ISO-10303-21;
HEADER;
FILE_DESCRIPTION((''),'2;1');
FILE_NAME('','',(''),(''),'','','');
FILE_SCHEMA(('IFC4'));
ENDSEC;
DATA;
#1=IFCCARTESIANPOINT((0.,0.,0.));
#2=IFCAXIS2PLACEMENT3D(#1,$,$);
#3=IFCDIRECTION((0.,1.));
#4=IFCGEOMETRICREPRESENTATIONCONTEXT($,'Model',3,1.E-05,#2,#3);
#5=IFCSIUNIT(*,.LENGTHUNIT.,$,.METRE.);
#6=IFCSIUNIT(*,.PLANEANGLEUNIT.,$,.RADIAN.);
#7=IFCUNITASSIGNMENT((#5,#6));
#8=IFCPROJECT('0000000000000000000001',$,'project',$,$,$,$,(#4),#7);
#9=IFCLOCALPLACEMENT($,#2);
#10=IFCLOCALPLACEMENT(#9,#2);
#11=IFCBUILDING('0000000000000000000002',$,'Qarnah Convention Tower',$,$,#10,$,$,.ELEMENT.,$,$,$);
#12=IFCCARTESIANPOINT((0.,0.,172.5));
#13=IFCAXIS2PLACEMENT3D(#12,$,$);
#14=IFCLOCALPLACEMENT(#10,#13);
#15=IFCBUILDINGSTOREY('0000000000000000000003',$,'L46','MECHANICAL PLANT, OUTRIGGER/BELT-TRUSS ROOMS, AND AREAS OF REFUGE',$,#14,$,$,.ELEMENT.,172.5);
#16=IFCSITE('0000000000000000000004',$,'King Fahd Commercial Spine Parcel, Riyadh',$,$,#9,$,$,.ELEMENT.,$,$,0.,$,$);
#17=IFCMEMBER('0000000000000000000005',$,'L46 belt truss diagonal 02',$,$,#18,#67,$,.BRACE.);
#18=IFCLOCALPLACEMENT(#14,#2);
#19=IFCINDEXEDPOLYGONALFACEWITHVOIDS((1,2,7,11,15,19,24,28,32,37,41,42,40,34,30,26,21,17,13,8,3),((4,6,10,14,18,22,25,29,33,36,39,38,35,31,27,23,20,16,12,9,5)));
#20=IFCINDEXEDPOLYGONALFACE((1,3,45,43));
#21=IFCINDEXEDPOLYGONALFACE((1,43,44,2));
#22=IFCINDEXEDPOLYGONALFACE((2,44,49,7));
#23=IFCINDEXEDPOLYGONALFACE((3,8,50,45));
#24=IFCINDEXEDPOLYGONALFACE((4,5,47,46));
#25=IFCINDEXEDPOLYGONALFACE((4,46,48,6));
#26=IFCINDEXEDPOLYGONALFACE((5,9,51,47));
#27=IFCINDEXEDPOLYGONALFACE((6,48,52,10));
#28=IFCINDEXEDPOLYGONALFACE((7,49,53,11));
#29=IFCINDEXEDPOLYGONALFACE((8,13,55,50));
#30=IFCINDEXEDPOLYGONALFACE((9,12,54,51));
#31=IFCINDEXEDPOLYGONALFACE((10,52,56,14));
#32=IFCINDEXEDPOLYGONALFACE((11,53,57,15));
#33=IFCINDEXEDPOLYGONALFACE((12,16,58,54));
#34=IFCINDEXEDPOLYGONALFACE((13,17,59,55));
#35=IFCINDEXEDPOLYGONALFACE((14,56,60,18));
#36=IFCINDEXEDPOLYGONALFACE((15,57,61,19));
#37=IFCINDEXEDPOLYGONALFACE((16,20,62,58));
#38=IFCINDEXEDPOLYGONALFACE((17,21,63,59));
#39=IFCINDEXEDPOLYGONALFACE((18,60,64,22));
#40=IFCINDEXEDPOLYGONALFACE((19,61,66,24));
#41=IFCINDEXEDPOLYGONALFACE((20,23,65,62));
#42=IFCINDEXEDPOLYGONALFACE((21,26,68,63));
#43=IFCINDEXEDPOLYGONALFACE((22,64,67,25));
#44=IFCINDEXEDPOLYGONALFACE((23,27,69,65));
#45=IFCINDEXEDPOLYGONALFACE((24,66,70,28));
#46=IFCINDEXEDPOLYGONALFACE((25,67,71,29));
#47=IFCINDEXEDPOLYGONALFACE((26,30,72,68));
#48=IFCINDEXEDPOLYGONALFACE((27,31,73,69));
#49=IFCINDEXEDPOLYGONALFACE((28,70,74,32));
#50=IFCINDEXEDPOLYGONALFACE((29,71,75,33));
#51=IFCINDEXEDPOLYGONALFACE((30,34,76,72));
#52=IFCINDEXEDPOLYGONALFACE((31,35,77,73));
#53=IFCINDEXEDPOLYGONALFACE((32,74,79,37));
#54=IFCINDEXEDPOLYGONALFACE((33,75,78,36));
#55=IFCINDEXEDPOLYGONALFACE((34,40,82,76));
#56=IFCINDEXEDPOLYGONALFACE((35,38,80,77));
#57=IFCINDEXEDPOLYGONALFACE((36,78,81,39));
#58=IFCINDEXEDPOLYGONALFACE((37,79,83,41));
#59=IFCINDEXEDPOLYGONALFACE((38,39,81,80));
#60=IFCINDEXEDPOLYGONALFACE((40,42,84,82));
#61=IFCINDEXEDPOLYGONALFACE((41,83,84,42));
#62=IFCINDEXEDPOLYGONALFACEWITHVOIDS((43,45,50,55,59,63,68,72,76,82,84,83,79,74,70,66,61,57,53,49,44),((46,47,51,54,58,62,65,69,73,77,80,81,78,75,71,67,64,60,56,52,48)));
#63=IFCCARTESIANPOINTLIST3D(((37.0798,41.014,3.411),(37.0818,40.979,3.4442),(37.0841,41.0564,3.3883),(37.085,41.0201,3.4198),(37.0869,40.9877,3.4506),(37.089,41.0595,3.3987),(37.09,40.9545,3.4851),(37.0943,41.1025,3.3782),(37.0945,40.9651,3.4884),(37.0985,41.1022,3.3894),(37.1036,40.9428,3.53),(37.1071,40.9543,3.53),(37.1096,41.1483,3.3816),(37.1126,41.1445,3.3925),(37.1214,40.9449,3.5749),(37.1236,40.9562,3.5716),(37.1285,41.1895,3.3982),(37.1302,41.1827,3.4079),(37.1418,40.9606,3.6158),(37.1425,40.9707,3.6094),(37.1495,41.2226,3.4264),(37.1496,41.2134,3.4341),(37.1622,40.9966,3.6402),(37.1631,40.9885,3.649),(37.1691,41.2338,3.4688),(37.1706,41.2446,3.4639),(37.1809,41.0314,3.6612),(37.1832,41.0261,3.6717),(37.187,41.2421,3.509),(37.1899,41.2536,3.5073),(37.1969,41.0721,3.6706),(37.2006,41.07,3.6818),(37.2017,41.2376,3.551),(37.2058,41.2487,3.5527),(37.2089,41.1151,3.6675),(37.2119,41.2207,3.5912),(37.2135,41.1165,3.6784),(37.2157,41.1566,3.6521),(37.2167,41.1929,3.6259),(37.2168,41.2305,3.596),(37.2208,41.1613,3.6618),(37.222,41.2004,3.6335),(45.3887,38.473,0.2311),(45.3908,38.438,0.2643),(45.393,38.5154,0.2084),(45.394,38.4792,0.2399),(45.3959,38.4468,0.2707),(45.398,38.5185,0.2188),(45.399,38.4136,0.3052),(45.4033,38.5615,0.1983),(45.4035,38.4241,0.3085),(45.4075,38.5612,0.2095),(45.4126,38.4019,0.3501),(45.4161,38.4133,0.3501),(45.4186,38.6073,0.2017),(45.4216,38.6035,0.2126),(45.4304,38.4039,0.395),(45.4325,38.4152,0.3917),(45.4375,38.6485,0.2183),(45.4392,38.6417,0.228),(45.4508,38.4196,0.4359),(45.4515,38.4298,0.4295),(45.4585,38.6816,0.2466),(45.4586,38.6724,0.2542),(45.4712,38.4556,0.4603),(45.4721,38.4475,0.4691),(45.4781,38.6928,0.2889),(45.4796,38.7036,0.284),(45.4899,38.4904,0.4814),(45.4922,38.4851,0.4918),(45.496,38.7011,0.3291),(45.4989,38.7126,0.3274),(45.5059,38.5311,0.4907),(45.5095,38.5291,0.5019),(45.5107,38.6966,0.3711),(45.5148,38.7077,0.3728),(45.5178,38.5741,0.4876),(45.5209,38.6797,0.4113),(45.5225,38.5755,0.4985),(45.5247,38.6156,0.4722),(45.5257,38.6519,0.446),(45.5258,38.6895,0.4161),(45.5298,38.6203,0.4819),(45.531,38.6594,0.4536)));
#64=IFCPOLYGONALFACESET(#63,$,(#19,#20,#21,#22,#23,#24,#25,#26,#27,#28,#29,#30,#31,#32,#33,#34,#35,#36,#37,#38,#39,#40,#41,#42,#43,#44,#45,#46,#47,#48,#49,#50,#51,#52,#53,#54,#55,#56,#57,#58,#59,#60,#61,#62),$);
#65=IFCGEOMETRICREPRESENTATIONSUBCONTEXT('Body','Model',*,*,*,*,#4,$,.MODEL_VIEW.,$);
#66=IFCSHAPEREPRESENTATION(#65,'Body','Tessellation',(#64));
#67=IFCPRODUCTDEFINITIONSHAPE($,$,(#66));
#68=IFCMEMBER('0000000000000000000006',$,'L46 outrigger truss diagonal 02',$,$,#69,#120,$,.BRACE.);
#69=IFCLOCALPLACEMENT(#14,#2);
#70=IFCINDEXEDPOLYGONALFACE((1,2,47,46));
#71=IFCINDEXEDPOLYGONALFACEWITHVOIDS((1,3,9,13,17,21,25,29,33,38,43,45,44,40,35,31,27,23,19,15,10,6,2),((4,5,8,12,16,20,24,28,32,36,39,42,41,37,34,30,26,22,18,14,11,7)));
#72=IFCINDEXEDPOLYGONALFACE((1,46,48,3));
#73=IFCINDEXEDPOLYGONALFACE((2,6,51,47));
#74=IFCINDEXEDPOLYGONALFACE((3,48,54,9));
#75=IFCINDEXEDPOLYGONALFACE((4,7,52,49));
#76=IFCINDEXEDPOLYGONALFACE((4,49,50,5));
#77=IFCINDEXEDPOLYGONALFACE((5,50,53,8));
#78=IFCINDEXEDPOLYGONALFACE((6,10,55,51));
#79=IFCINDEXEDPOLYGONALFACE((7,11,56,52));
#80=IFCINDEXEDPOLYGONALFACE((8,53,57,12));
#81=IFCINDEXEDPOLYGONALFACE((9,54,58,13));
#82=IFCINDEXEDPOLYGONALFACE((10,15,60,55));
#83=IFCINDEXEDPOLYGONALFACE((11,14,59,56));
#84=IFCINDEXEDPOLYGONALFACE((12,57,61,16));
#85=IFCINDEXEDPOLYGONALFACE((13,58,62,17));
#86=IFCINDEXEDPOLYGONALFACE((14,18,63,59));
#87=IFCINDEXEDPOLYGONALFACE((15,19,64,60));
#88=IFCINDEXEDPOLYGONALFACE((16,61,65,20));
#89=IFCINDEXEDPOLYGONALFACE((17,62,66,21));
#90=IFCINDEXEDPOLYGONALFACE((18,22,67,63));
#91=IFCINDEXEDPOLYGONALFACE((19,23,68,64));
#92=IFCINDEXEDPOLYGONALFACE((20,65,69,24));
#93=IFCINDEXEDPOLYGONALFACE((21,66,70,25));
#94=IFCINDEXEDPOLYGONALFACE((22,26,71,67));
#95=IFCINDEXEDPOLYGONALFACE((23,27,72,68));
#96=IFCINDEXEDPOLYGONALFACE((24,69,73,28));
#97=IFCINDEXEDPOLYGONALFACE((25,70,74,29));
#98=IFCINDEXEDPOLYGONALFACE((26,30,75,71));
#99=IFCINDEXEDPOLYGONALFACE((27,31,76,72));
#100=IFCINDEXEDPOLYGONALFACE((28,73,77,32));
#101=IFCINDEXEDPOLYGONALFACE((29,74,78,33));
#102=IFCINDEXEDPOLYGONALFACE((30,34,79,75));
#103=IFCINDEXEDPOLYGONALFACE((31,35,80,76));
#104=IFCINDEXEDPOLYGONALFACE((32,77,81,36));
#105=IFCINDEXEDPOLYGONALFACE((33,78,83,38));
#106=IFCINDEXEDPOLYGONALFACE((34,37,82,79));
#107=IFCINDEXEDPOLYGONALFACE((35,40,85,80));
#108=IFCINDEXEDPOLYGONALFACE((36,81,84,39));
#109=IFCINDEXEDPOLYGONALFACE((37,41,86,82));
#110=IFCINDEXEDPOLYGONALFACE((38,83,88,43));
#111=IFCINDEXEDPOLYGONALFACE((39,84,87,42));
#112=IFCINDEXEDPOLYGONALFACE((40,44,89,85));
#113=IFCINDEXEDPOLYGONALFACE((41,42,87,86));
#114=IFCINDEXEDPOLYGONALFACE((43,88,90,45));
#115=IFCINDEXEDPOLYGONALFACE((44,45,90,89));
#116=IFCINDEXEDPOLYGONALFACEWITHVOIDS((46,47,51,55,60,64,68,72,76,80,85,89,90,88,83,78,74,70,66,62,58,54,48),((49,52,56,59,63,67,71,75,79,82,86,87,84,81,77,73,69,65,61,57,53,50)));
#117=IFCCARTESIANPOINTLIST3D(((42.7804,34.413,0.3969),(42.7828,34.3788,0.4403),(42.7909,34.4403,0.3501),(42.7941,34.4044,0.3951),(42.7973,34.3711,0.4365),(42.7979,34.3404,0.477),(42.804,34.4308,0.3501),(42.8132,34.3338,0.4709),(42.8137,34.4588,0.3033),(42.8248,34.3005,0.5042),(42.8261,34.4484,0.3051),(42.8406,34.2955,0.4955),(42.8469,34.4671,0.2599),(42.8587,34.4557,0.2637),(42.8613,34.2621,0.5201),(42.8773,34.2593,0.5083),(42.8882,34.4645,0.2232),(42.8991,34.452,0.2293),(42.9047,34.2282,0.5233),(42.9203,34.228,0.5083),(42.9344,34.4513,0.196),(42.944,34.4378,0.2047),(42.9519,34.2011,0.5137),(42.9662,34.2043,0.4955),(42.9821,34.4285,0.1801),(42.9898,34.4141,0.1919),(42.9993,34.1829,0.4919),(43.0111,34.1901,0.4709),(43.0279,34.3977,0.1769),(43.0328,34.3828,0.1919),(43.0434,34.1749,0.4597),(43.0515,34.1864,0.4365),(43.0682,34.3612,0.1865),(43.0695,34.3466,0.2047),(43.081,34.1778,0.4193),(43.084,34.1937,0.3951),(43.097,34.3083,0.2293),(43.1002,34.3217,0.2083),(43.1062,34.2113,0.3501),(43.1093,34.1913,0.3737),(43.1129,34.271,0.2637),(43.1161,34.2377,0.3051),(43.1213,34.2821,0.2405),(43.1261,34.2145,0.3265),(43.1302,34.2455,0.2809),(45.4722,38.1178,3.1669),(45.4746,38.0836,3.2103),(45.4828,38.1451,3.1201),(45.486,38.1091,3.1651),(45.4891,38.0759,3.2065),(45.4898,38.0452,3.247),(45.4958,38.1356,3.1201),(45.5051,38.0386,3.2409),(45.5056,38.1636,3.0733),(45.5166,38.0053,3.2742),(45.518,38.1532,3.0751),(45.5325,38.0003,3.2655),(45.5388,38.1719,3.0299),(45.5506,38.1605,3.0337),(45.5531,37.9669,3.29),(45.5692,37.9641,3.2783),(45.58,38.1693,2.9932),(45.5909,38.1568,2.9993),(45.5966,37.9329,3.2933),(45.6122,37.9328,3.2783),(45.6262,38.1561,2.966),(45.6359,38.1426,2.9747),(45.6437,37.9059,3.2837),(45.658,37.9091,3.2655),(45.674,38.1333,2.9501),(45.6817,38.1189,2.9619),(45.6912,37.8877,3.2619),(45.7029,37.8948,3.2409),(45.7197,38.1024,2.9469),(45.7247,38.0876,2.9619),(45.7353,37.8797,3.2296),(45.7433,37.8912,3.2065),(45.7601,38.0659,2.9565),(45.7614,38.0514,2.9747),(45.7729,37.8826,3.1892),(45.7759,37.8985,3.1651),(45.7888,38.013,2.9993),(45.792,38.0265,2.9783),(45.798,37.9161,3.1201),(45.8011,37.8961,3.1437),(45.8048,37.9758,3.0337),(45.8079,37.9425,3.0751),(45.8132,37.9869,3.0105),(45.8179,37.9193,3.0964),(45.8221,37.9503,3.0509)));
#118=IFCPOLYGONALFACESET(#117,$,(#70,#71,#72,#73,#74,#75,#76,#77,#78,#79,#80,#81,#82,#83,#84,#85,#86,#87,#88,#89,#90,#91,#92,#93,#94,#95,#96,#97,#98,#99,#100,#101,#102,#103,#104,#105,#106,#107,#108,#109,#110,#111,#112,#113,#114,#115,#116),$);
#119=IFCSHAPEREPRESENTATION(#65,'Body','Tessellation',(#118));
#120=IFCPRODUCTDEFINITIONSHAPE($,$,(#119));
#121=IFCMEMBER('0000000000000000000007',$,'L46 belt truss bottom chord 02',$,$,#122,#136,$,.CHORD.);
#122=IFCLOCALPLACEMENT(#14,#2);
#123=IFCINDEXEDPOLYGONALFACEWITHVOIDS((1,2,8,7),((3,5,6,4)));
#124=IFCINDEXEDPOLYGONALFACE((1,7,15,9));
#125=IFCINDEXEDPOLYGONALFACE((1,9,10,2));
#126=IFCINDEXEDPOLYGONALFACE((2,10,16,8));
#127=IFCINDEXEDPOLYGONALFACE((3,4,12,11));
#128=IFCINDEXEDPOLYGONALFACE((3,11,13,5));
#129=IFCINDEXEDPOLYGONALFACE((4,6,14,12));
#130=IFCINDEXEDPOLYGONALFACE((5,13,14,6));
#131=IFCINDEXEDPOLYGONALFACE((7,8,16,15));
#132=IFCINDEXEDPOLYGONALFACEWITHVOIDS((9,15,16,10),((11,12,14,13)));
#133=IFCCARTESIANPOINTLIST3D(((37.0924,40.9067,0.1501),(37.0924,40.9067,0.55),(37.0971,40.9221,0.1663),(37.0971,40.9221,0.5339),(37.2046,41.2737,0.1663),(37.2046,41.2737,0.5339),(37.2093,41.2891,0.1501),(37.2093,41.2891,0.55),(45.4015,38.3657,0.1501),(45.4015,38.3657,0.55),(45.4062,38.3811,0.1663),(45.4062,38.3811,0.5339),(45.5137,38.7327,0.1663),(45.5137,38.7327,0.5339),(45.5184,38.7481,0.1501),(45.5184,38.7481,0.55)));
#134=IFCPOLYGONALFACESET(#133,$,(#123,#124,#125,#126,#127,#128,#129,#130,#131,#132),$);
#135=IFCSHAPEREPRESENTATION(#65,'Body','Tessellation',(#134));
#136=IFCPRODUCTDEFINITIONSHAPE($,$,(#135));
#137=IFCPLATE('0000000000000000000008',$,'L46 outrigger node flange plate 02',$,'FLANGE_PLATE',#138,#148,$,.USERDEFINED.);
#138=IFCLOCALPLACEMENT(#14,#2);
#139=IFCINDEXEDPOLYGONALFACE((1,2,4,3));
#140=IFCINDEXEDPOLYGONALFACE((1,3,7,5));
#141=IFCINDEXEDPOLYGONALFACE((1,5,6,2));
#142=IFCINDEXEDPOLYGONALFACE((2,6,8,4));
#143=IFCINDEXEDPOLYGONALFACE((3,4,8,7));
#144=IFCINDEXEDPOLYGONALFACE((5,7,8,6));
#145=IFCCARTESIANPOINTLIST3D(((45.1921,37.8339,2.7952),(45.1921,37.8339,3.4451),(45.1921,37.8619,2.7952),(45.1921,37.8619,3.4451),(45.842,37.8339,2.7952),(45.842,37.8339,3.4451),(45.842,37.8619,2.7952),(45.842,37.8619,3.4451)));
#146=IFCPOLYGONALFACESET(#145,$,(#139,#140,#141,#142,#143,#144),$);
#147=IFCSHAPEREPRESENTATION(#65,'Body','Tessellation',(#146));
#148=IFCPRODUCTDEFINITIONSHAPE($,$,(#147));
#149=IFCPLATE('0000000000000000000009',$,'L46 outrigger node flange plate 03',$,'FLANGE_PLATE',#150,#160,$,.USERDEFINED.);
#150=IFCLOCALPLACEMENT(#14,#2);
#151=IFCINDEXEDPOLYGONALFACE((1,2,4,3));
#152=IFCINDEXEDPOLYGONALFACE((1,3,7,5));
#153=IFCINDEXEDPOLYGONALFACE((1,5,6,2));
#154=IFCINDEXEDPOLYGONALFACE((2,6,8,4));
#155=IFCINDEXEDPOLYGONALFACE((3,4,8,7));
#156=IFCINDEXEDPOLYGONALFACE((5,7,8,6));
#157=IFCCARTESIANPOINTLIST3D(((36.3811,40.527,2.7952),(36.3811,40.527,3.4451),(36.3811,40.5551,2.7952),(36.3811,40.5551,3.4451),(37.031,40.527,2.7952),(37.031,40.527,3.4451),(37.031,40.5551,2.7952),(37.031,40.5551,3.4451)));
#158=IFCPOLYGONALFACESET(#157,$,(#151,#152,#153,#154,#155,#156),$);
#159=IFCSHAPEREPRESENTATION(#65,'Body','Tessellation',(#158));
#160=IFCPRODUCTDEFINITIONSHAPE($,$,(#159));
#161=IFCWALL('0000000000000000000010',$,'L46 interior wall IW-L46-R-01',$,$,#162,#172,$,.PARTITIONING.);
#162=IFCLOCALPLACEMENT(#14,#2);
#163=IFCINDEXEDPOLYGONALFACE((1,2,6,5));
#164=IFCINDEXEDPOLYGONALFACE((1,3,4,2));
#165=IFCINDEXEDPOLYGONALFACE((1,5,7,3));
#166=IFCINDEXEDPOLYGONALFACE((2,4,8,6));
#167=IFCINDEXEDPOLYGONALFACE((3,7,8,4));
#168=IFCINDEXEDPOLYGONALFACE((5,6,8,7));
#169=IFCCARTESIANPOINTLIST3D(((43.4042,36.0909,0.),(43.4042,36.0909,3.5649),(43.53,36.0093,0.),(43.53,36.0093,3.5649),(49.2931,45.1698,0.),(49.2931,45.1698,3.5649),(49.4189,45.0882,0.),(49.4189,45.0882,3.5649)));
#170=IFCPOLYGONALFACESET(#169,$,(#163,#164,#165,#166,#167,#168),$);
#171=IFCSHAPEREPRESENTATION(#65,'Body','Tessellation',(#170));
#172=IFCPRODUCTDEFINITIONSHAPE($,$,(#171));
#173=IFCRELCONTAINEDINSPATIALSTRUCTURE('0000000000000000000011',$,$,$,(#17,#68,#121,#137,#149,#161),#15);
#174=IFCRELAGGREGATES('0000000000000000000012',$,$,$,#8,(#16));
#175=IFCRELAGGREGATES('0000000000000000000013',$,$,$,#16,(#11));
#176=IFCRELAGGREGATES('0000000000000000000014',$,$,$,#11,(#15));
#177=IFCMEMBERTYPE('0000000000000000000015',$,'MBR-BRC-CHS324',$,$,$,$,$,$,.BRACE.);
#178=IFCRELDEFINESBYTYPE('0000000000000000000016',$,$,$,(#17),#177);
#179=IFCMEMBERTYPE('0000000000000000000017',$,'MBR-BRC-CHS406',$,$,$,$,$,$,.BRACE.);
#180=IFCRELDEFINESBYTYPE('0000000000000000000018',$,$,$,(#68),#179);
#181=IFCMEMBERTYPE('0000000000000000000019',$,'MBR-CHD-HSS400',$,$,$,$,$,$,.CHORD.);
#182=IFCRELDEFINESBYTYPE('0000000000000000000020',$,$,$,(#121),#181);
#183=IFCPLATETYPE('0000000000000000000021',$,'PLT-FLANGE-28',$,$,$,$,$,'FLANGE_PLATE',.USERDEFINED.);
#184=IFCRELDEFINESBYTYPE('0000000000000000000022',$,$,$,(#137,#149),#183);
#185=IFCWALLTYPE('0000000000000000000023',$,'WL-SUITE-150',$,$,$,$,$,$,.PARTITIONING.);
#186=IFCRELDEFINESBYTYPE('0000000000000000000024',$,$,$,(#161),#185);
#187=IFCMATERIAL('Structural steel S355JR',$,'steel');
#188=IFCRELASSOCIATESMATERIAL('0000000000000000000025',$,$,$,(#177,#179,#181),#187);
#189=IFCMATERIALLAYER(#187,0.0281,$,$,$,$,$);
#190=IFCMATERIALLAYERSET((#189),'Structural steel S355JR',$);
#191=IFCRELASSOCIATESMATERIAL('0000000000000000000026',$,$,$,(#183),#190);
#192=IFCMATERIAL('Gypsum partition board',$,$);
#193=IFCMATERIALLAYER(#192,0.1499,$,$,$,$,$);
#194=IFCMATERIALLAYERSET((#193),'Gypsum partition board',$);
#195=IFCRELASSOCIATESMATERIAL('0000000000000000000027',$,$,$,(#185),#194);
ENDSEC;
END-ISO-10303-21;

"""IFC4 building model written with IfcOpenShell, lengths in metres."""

from ifc_helpers import new_model, si_unit, direction, frame, frame_2d, origin, origin_2d, place, context, subcontext, project, spatial, rectangle, hollow_rectangle, hollow_circle, extrude, material, layer, layer_set, material_profile, profile_set, type_object, element, save


model = new_model("IFC4")

# Units and contexts
model_context = context("Model", 3, precision=1e-05, world=origin(), true_north=direction((0.0, 1.0)))
body_context = subcontext(model_context, "Body", "Model", "MODEL_VIEW")
ifc_project = project(units=[si_unit("LENGTHUNIT", "METRE"), si_unit("PLANEANGLEUNIT", "RADIAN")], contexts=[model_context])

# Site, building, storey
site_placement = place(None, origin())
site = spatial("IfcSite", under=ifc_project, at=site_placement, Name="King Fahd Commercial Spine Parcel, Riyadh", CompositionType="ELEMENT", RefElevation=0.0)
building_placement = place(site_placement, origin())
building = spatial("IfcBuilding", under=site, at=building_placement, Name="Qarnah Convention Tower", CompositionType="ELEMENT")
storey_placement = place(building_placement, frame((0.0, 0.0, 172.5)))
storey = spatial("IfcBuildingStorey", under=building, at=storey_placement, Name="L46", Description="MECHANICAL PLANT, OUTRIGGER/BELT-TRUSS ROOMS, AND AREAS OF REFUGE", CompositionType="ELEMENT", Elevation=172.5)

# Shared definitions
ifc_material_1 = material(Name="Structural steel S355JR", Category="steel")

# Members
ifc_material_profile_1 = material_profile(ifc_material_1, hollow_circle(Radius=0.1621, WallThickness=0.012, at=origin_2d()), Name="CHS324X12")
ifc_profile_set_1 = profile_set([ifc_material_profile_1], Name="Structural steel S355JR")
member_type_1 = type_object("IfcMemberType", Name="MBR-BRC-CHS324", PredefinedType="BRACE", material=ifc_profile_set_1)
member_1_placement = place(storey_placement, frame((45.46, 38.5569, 0.3501), z_axis=(-0.898032, 0.274629, 0.343682), x_axis=(-0.292443, -0.956283, 0.0)))
element("IfcMember", 1, at=member_1_placement, inside=storey, type_object=member_type_1, Name="L46 belt truss diagonal 02", PredefinedType="BRACE", context=body_context, shape_type="SweptSolid", body=[
    extrude(hollow_circle(Radius=0.1621, WallThickness=0.012, at=origin_2d()), origin(), (0.0, 0.0, 1.0), 9.2524),
])
ifc_material_profile_2 = material_profile(ifc_material_1, hollow_circle(Radius=0.2029, WallThickness=0.0161, at=origin_2d()), Name="CHS406X16")
ifc_profile_set_2 = profile_set([ifc_material_profile_2], Name="Structural steel S355JR")
member_type_2 = type_object("IfcMemberType", Name="MBR-BRC-CHS406", PredefinedType="BRACE", material=ifc_profile_set_2)
member_2_placement = place(storey_placement, frame((42.9551, 34.321, 0.3501), z_axis=(0.502959, 0.692219, 0.517556), x_axis=(-0.808999, 0.58781, 0.0)))
element("IfcMember", 2, at=member_2_placement, inside=storey, type_object=member_type_2, Name="L46 outrigger truss diagonal 02", PredefinedType="BRACE", context=body_context, shape_type="SweptSolid", body=[
    extrude(hollow_circle(Radius=0.2029, WallThickness=0.0161, at=origin_2d()), origin(), (0.0, 0.0, 1.0), 5.3521),
])
ifc_material_profile_3 = material_profile(ifc_material_1, hollow_rectangle(XDim=0.3999, YDim=0.3999, WallThickness=0.0161, at=origin_2d()), Name="HSS400X400X16")
ifc_profile_set_3 = profile_set([ifc_material_profile_3], Name="Structural steel S355JR")
member_type_3 = type_object("IfcMemberType", Name="MBR-CHD-HSS400", PredefinedType="CHORD", material=ifc_profile_set_3)
member_3_placement = place(storey_placement, frame((45.46, 38.5569, 0.3501), z_axis=(-0.956283, 0.292443, 0.0), x_axis=(-0.292443, -0.956283, 0.0)))
element("IfcMember", 3, at=member_3_placement, inside=storey, type_object=member_type_3, Name="L46 belt truss bottom chord 02", PredefinedType="CHORD", context=body_context, shape_type="SweptSolid", body=[
    extrude(hollow_rectangle(XDim=0.3999, YDim=0.3999, WallThickness=0.0161, at=origin_2d()), origin(), (0.0, 0.0, 1.0), 8.689),
])

# Plates
ifc_layer_1 = layer(ifc_material_1, 0.0281)
ifc_layer_set_1 = layer_set([ifc_layer_1], Name="Structural steel S355JR")
plate_type = type_object("IfcPlateType", Name="PLT-FLANGE-28", ElementType="FLANGE_PLATE", PredefinedType="USERDEFINED", material=ifc_layer_set_1)
for number, where, z_axis, x_axis, name in (
    (4, (45.5171, 37.8479, 2.7952), (0.0, 0.0, 1.0), (1.0, 0.0, 0.0), "L46 outrigger node flange plate 02"),
    (5, (36.7061, 40.541, 2.7952), (0.0, 0.0, 1.0), (1.0, 0.0, 0.0), "L46 outrigger node flange plate 03"),
):
    element("IfcPlate", number, at=place(storey_placement, frame(where, z_axis=z_axis, x_axis=x_axis)), inside=storey, type_object=plate_type, Name=name, ObjectType="FLANGE_PLATE", PredefinedType="USERDEFINED", context=body_context, shape_type="SweptSolid", body=[
        extrude(rectangle(XDim=0.6499, YDim=0.0281, at=origin_2d()), origin(), (0.0, 0.0, 1.0), 0.6499),
    ])

# Wall
ifc_material_2 = material(Name="Gypsum partition board")
ifc_layer_2 = layer(ifc_material_2, 0.1499)
ifc_layer_set_2 = layer_set([ifc_layer_2], Name="Gypsum partition board")
wall_type = type_object("IfcWallType", Name="WL-SUITE-150", PredefinedType="PARTITIONING", material=ifc_layer_set_2)
wall_1_placement = place(storey_placement, frame((49.356, 45.1289, 0.0), z_axis=(0.0, 0.0, 1.0), x_axis=(-0.544186, -0.838964, 0.0)))
element("IfcWall", 6, at=wall_1_placement, inside=storey, type_object=wall_type, Name="L46 interior wall IW-L46-R-01", PredefinedType="PARTITIONING", context=body_context, shape_type="SweptSolid", body=[
    extrude(rectangle(XDim=10.8215, YDim=0.1499, at=frame_2d((5.4106, 0.0))), origin(), (0.0, 0.0, 1.0), 3.5649),
])

save(model, "model.ifc")
